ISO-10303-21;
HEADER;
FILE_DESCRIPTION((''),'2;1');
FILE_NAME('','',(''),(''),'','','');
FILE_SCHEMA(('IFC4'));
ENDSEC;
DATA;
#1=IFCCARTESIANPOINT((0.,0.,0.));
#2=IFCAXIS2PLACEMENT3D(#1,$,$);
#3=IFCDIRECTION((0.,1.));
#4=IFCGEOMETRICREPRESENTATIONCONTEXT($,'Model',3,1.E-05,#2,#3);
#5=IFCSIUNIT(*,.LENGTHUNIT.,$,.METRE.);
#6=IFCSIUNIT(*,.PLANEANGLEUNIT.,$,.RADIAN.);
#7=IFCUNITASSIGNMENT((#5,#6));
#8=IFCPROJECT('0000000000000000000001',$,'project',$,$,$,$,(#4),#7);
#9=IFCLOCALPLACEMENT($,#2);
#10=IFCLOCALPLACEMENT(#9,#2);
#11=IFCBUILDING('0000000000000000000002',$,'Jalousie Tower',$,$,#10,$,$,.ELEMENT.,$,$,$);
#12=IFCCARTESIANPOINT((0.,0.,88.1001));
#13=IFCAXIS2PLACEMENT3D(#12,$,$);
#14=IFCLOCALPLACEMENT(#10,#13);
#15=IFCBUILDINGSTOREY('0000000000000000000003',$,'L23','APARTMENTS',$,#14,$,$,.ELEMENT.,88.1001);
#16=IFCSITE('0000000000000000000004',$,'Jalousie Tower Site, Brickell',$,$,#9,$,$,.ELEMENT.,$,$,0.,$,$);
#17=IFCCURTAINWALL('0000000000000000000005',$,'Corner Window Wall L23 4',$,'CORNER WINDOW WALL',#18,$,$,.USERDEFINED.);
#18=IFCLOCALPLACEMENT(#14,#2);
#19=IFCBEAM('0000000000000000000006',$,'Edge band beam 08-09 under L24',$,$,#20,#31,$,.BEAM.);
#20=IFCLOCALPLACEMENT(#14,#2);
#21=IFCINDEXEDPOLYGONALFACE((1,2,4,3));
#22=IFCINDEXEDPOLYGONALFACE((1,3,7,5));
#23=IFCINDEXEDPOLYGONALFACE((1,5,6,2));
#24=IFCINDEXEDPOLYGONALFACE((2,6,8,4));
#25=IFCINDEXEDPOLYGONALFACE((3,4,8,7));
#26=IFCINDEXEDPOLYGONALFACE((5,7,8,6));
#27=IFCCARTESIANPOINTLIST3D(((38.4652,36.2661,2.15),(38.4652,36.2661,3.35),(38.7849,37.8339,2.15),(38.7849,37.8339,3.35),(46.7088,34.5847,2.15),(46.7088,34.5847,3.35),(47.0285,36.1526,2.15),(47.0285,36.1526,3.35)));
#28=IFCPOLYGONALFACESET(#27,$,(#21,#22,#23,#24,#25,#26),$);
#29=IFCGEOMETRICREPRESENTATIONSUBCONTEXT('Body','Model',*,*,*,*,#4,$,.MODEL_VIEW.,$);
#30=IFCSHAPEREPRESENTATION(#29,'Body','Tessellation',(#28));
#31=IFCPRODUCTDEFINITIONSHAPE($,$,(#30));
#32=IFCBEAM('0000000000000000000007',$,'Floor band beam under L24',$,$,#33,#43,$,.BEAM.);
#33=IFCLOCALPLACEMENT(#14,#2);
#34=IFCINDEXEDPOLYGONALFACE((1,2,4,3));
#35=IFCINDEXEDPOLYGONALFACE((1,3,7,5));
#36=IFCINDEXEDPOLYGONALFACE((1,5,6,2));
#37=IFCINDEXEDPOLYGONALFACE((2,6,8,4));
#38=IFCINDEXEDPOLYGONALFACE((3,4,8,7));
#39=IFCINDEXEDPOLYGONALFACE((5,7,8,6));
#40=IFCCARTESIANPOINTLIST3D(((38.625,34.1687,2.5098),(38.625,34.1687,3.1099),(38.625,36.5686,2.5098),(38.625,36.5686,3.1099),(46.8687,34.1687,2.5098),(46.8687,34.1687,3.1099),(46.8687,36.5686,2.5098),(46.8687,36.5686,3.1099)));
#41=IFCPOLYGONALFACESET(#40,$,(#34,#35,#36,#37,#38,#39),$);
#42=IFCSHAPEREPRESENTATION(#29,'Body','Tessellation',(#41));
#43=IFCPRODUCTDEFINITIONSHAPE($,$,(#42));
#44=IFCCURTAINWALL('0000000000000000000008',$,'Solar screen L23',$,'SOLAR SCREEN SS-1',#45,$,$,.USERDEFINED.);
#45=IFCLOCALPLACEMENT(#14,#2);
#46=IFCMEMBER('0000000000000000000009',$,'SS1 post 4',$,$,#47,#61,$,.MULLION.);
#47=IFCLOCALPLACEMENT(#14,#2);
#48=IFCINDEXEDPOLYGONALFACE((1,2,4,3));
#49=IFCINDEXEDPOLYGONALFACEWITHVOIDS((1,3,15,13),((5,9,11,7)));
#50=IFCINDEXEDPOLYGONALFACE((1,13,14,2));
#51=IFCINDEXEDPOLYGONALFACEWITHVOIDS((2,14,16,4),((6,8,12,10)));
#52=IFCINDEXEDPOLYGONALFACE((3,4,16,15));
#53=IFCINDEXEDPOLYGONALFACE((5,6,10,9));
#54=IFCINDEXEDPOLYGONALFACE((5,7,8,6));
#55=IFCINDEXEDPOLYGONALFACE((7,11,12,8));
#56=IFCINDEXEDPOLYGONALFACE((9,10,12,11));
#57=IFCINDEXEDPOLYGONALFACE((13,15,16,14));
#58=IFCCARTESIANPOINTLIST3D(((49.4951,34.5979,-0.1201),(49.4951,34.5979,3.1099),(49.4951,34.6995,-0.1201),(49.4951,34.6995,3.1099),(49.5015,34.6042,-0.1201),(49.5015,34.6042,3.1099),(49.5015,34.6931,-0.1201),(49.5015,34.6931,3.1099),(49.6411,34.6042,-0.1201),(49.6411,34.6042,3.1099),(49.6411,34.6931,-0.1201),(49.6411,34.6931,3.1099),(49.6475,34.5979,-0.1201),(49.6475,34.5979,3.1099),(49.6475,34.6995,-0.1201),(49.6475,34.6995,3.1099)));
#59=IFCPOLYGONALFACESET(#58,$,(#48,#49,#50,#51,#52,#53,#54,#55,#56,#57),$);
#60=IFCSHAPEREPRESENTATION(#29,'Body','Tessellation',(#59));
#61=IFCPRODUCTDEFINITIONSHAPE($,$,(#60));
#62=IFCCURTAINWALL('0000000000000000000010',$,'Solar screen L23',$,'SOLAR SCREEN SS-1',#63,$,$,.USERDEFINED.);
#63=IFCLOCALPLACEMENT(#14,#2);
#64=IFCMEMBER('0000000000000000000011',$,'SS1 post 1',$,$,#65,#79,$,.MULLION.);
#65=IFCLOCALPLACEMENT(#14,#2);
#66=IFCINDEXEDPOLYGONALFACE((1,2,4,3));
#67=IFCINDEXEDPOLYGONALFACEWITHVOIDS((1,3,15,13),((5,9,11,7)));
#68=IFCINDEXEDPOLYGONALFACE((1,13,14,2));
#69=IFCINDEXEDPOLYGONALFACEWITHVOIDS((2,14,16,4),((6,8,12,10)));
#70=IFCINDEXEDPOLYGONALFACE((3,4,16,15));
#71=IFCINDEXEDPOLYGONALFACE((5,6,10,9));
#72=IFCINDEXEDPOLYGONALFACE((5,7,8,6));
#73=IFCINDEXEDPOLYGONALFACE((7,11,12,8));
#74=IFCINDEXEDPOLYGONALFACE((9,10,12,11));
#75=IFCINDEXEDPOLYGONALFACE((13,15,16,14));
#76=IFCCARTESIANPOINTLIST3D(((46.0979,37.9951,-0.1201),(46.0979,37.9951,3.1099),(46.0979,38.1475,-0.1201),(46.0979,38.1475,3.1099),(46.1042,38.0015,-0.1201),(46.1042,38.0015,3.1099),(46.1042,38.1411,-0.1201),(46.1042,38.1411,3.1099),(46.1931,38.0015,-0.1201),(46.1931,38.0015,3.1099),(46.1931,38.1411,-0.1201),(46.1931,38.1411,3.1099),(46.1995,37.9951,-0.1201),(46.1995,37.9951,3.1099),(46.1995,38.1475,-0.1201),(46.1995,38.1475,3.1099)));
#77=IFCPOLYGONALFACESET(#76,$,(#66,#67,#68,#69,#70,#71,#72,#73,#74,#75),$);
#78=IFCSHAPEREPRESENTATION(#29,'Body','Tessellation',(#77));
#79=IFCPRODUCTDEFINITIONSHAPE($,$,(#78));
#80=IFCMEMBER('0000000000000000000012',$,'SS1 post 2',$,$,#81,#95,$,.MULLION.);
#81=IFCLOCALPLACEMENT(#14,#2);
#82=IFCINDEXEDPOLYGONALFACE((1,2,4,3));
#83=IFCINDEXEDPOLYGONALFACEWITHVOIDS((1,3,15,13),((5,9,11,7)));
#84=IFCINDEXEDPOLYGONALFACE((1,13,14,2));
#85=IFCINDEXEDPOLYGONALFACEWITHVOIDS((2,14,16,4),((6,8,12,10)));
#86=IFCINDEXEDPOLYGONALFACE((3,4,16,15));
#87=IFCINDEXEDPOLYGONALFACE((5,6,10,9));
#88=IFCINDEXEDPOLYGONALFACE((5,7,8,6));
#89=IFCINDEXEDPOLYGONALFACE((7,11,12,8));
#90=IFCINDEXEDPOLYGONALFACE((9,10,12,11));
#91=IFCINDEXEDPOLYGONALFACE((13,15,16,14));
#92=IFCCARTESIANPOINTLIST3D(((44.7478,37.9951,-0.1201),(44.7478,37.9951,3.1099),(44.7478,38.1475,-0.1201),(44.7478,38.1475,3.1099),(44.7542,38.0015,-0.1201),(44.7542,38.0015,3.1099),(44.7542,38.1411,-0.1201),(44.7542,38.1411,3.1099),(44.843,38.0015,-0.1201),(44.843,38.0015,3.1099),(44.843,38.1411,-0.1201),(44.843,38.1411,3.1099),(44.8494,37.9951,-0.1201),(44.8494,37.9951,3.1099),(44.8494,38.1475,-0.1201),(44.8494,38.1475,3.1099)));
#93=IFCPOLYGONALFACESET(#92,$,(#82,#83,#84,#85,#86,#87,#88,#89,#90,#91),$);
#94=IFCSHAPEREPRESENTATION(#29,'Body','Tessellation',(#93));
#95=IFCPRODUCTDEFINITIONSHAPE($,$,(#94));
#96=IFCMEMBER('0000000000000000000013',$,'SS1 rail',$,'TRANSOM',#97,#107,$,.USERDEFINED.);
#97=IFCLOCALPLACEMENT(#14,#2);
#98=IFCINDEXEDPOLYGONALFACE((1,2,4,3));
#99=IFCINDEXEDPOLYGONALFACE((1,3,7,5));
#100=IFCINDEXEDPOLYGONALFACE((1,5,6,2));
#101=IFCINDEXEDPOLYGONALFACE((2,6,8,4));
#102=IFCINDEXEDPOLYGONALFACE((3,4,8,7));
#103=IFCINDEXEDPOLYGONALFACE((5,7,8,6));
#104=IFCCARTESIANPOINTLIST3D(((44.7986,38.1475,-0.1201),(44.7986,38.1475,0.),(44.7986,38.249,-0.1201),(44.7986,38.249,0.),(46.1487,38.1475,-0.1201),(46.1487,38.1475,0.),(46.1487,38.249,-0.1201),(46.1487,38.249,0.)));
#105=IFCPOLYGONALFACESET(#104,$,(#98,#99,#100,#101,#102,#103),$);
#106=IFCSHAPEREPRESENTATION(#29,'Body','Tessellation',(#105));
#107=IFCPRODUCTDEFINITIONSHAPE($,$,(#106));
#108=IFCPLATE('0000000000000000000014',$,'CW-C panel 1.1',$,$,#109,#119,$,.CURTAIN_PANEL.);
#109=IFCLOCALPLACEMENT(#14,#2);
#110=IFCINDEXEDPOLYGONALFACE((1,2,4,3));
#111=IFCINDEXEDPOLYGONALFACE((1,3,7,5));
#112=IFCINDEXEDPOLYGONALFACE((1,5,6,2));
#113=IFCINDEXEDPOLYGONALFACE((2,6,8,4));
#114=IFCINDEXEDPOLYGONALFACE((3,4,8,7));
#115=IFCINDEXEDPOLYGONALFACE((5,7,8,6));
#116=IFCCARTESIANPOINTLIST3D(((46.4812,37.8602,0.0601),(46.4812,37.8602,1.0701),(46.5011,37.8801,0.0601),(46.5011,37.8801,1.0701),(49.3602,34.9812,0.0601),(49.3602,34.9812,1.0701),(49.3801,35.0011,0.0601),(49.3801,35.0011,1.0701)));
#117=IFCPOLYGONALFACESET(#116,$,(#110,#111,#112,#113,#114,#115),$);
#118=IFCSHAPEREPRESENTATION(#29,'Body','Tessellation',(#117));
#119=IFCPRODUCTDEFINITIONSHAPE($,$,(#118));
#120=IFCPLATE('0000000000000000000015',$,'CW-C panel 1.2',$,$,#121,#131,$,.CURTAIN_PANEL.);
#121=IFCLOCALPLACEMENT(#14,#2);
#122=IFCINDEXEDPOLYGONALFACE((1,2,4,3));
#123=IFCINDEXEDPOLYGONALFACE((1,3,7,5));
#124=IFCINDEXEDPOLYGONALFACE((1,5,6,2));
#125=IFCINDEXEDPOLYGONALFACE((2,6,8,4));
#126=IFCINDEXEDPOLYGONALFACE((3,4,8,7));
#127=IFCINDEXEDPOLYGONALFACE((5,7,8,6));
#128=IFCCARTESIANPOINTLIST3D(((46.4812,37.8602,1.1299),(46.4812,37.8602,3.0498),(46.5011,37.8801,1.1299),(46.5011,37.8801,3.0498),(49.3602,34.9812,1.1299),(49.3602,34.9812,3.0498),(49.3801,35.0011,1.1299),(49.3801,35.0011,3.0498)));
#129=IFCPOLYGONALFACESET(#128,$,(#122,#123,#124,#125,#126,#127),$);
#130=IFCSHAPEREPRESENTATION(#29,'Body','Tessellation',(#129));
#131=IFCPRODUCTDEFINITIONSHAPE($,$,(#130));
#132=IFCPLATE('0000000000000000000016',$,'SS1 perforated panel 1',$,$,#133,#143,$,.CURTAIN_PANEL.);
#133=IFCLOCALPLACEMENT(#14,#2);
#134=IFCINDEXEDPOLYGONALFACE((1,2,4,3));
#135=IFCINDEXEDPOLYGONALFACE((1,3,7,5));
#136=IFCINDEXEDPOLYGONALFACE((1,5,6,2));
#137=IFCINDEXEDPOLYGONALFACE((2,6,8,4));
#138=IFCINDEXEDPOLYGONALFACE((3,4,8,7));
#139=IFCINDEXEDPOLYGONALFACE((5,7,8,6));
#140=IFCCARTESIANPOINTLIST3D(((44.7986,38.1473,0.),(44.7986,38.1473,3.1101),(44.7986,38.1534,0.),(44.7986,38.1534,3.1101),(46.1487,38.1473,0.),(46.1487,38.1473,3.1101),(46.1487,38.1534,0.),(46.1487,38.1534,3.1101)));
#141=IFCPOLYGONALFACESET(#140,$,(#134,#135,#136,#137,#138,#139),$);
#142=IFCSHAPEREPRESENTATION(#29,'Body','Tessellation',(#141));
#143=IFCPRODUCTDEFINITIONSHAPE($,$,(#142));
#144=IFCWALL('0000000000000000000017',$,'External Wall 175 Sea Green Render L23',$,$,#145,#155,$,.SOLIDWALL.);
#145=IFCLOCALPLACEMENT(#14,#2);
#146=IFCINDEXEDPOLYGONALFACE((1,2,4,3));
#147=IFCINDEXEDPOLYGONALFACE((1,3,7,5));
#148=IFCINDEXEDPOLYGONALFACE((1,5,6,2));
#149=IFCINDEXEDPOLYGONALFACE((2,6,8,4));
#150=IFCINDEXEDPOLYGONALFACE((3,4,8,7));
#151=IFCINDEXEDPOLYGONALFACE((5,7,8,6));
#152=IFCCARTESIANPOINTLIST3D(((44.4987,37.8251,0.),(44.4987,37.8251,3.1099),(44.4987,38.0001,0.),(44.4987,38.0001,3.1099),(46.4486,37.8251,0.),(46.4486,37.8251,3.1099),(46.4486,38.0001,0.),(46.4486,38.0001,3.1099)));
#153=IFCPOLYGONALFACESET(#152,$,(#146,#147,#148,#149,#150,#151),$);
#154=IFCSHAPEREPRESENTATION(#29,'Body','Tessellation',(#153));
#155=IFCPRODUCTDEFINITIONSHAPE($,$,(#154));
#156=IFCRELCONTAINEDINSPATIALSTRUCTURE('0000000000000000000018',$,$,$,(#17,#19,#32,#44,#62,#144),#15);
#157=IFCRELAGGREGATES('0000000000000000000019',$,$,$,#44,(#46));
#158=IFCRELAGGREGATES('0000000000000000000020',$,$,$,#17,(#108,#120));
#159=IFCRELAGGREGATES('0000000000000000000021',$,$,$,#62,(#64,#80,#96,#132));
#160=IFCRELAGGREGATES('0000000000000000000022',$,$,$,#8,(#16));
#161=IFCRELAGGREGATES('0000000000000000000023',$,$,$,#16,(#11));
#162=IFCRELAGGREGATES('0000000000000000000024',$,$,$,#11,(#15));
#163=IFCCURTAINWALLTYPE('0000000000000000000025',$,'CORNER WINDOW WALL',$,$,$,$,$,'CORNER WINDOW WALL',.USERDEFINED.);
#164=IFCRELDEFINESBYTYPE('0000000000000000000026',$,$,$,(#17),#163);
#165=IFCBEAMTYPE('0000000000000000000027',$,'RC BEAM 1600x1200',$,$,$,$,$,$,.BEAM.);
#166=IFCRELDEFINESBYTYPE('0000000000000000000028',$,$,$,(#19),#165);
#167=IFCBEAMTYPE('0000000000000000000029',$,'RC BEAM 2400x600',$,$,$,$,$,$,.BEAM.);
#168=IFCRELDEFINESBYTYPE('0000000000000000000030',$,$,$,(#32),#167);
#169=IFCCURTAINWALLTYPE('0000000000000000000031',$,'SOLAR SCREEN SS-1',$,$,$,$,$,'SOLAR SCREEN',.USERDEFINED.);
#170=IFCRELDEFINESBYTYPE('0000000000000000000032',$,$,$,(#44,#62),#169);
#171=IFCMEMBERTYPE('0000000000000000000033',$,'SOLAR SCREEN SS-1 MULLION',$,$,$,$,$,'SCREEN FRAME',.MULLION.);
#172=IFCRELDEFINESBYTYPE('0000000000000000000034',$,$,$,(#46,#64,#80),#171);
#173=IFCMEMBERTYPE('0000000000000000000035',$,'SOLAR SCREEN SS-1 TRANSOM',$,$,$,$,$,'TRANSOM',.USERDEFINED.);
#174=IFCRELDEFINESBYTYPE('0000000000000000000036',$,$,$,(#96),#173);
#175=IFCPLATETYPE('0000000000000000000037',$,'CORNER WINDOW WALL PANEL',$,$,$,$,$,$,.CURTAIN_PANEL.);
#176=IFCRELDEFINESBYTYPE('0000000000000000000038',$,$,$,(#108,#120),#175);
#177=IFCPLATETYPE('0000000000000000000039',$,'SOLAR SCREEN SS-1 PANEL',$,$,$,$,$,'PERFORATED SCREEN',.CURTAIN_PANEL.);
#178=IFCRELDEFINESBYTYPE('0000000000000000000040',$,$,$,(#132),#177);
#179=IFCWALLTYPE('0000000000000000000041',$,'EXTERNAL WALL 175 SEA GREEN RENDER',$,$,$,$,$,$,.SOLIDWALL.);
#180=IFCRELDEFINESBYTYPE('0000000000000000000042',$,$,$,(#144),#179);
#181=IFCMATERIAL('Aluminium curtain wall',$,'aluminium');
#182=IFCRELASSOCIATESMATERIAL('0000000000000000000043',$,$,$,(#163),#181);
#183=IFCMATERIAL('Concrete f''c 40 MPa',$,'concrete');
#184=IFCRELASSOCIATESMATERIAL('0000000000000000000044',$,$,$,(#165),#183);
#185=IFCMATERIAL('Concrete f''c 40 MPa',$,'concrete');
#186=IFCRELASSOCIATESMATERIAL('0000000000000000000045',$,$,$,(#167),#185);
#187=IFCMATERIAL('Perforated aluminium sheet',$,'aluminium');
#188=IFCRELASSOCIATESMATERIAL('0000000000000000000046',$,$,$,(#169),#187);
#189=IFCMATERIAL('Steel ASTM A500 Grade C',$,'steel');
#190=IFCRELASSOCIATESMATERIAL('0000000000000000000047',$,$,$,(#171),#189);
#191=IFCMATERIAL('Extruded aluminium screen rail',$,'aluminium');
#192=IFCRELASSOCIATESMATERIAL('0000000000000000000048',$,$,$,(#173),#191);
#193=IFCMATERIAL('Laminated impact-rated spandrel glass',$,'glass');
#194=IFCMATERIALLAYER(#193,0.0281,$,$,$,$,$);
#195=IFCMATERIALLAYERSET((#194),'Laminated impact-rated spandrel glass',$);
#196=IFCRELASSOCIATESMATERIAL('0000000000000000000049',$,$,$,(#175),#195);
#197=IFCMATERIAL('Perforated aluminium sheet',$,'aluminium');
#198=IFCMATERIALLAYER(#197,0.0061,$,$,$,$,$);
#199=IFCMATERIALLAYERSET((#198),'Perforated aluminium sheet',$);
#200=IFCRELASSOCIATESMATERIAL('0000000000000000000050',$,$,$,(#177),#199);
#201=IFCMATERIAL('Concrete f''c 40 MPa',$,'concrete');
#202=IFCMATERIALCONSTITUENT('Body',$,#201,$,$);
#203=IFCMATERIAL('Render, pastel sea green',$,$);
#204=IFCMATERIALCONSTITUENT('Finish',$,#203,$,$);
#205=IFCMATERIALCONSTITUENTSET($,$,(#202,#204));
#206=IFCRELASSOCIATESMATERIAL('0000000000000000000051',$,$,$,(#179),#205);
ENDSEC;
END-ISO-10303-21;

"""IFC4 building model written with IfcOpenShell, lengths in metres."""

from ifc_helpers import new_model, si_unit, direction, frame, frame_2d, origin, origin_2d, place, context, subcontext, project, spatial, rectangle, hollow_rectangle, extrude, material, layer, layer_set, constituent, constituent_set, material_profile, profile_set, type_object, element, aggregate, save


model = new_model("IFC4")

# Units and contexts
model_context = context("Model", 3, precision=1e-05, world=origin(), true_north=direction((0.0, 1.0)))
body_context = subcontext(model_context, "Body", "Model", "MODEL_VIEW")
ifc_project = project(units=[si_unit("LENGTHUNIT", "METRE"), si_unit("PLANEANGLEUNIT", "RADIAN")], contexts=[model_context])

# Site, building, storey
site_placement = place(None, origin())
site = spatial("IfcSite", under=ifc_project, at=site_placement, Name="Jalousie Tower Site, Brickell", CompositionType="ELEMENT", RefElevation=0.0)
building_placement = place(site_placement, origin())
building = spatial("IfcBuilding", under=site, at=building_placement, Name="Jalousie Tower", CompositionType="ELEMENT")
storey_placement = place(building_placement, frame((0.0, 0.0, 88.1001)))
storey = spatial("IfcBuildingStorey", under=building, at=storey_placement, Name="L23", Description="APARTMENTS", CompositionType="ELEMENT", Elevation=88.1001)

# Curtain wall
ifc_material_1 = material(Name="Aluminium curtain wall", Category="aluminium")
curtain_wall_type_1 = type_object("IfcCurtainWallType", Name="CORNER WINDOW WALL", ElementType="CORNER WINDOW WALL", PredefinedType="USERDEFINED", material=ifc_material_1)
curtain_wall_1_placement = place(storey_placement, origin())
curtain_wall_1 = element("IfcCurtainWall", 1, at=curtain_wall_1_placement, inside=storey, type_object=curtain_wall_type_1, Name="Corner Window Wall L23 4", ObjectType="CORNER WINDOW WALL", PredefinedType="USERDEFINED")

# Beams
ifc_material_2 = material(Name="Concrete f'c 40 MPa", Category="concrete")
ifc_material_profile_1 = material_profile(ifc_material_2, rectangle(XDim=1.6001, YDim=1.2, at=origin_2d()), Name="RC 1600x1200")
ifc_profile_set_1 = profile_set([ifc_material_profile_1], Name="Concrete f'c 40 MPa")
beam_type_1 = type_object("IfcBeamType", Name="RC BEAM 1600x1200", PredefinedType="BEAM", material=ifc_profile_set_1)
beam_1_placement = place(storey_placement, frame((46.8687, 35.3687, 2.75), z_axis=(-0.979827, 0.199848, 0.0), x_axis=(-0.199848, -0.979827, 0.0)))
element("IfcBeam", 2, at=beam_1_placement, inside=storey, type_object=beam_type_1, Name="Edge band beam 08-09 under L24", PredefinedType="BEAM", context=body_context, shape_type="SweptSolid", body=[
    extrude(rectangle(XDim=1.6001, YDim=1.2, at=origin_2d()), origin(), (0.0, 0.0, 1.0), 8.4133),
])
ifc_material_3 = material(Name="Concrete f'c 40 MPa", Category="concrete")
ifc_material_profile_2 = material_profile(ifc_material_3, rectangle(XDim=2.3999, YDim=0.6001, at=origin_2d()), Name="RC 2400x600")
ifc_profile_set_2 = profile_set([ifc_material_profile_2], Name="Concrete f'c 40 MPa")
beam_type_2 = type_object("IfcBeamType", Name="RC BEAM 2400x600", PredefinedType="BEAM", material=ifc_profile_set_2)
beam_2_placement = place(storey_placement, frame((46.8687, 35.3687, 2.8098), z_axis=(-1.0, 0.0, 0.0), x_axis=(0.0, -1.0, 0.0)))
element("IfcBeam", 3, at=beam_2_placement, inside=storey, type_object=beam_type_2, Name="Floor band beam under L24", PredefinedType="BEAM", context=body_context, shape_type="SweptSolid", body=[
    extrude(rectangle(XDim=2.3999, YDim=0.6001, at=origin_2d()), origin(), (0.0, 0.0, 1.0), 8.2437),
])

# Curtain wall, member
ifc_material_4 = material(Name="Perforated aluminium sheet", Category="aluminium")
curtain_wall_type_2 = type_object("IfcCurtainWallType", Name="SOLAR SCREEN SS-1", ElementType="SOLAR SCREEN", PredefinedType="USERDEFINED", material=ifc_material_4)
curtain_wall_2_placement = place(storey_placement, origin())
curtain_wall_2 = element("IfcCurtainWall", 4, at=curtain_wall_2_placement, inside=storey, type_object=curtain_wall_type_2, Name="Solar screen L23", ObjectType="SOLAR SCREEN SS-1", PredefinedType="USERDEFINED")
ifc_material_5 = material(Name="Steel ASTM A500 Grade C", Category="steel")
ifc_material_profile_3 = material_profile(ifc_material_5, hollow_rectangle(XDim=0.1016, YDim=0.1523, WallThickness=0.0063, at=origin_2d()), Name="HSS6X4X1/4")
ifc_profile_set_3 = profile_set([ifc_material_profile_3], Name="Steel ASTM A500 Grade C")
member_type_1 = type_object("IfcMemberType", Name="SOLAR SCREEN SS-1 MULLION", ElementType="SCREEN FRAME", PredefinedType="MULLION", material=ifc_profile_set_3)
member_1_placement = place(storey_placement, frame((49.5713, 34.6487, -0.1201), z_axis=(0.0, 0.0, 1.0), x_axis=(0.0, 1.0, 0.0)))
member_1 = element("IfcMember", 5, at=member_1_placement, type_object=member_type_1, Name="SS1 post 4", PredefinedType="MULLION", context=body_context, shape_type="SweptSolid", body=[
    extrude(hollow_rectangle(XDim=0.1016, YDim=0.1523, WallThickness=0.0063, at=origin_2d()), origin(), (0.0, 0.0, 1.0), 3.23),
])
aggregate(curtain_wall_2, [member_1])

# Curtain wall, members
curtain_wall_3_placement = place(storey_placement, origin())
curtain_wall_3 = element("IfcCurtainWall", 6, at=curtain_wall_3_placement, inside=storey, type_object=curtain_wall_type_2, Name="Solar screen L23", ObjectType="SOLAR SCREEN SS-1", PredefinedType="USERDEFINED")
member_2_placement = place(storey_placement, frame((46.1487, 38.0713, -0.1201), z_axis=(0.0, 0.0, 1.0), x_axis=(-1.0, 0.0, 0.0)))
member_2 = element("IfcMember", 7, at=member_2_placement, type_object=member_type_1, Name="SS1 post 1", PredefinedType="MULLION", context=body_context, shape_type="SweptSolid", body=[
    extrude(hollow_rectangle(XDim=0.1016, YDim=0.1523, WallThickness=0.0063, at=origin_2d()), origin(), (0.0, 0.0, 1.0), 3.23),
])
member_3_placement = place(storey_placement, frame((44.7986, 38.0713, -0.1201), z_axis=(0.0, 0.0, 1.0), x_axis=(-1.0, 0.0, 0.0)))
member_3 = element("IfcMember", 8, at=member_3_placement, type_object=member_type_1, Name="SS1 post 2", PredefinedType="MULLION", context=body_context, shape_type="SweptSolid", body=[
    extrude(hollow_rectangle(XDim=0.1016, YDim=0.1523, WallThickness=0.0063, at=origin_2d()), origin(), (0.0, 0.0, 1.0), 3.23),
])
ifc_material_6 = material(Name="Extruded aluminium screen rail", Category="aluminium")
ifc_material_profile_4 = material_profile(ifc_material_6, rectangle(XDim=0.1016, YDim=0.1201, at=origin_2d()), Name="RAIL 102x120")
ifc_profile_set_4 = profile_set([ifc_material_profile_4], Name="Extruded aluminium screen rail")
member_type_2 = type_object("IfcMemberType", Name="SOLAR SCREEN SS-1 TRANSOM", ElementType="TRANSOM", PredefinedType="USERDEFINED", material=ifc_profile_set_4)
member_4_placement = place(storey_placement, frame((46.1487, 38.1982, -0.0601), z_axis=(-1.0, 0.0, 0.0), x_axis=(0.0, -1.0, 0.0)))
member_4 = element("IfcMember", 9, at=member_4_placement, type_object=member_type_2, Name="SS1 rail", ObjectType="TRANSOM", PredefinedType="USERDEFINED", context=body_context, shape_type="SweptSolid", body=[
    extrude(rectangle(XDim=0.1016, YDim=0.1201, at=origin_2d()), origin(), (0.0, 0.0, 1.0), 1.3501),
])

# Plates
ifc_material_7 = material(Name="Laminated impact-rated spandrel glass", Category="glass")
ifc_layer_1 = layer(ifc_material_7, 0.0281)
ifc_layer_set_1 = layer_set([ifc_layer_1], Name="Laminated impact-rated spandrel glass")
plate_type_1 = type_object("IfcPlateType", Name="CORNER WINDOW WALL PANEL", PredefinedType="CURTAIN_PANEL", material=ifc_layer_set_1)
plate_1_placement = place(storey_placement, frame((47.9307, 36.4307, 0.0601), z_axis=(0.0, 0.0, 1.0), x_axis=(-0.707107, 0.707107, 0.0)))
plate_1 = element("IfcPlate", 10, at=plate_1_placement, type_object=plate_type_1, Name="CW-C panel 1.1", PredefinedType="CURTAIN_PANEL", context=body_context, shape_type="SweptSolid", body=[
    extrude(rectangle(XDim=4.0715, YDim=0.0281, at=origin_2d()), origin(), (0.0, 0.0, 1.0), 1.01),
])
plate_2_placement = place(storey_placement, frame((47.9307, 36.4307, 1.1299), z_axis=(0.0, 0.0, 1.0), x_axis=(-0.707107, 0.707107, 0.0)))
plate_2 = element("IfcPlate", 11, at=plate_2_placement, type_object=plate_type_1, Name="CW-C panel 1.2", PredefinedType="CURTAIN_PANEL", context=body_context, shape_type="SweptSolid", body=[
    extrude(rectangle(XDim=4.0715, YDim=0.0281, at=origin_2d()), origin(), (0.0, 0.0, 1.0), 1.9199),
])
aggregate(curtain_wall_1, [plate_1, plate_2])
ifc_material_8 = material(Name="Perforated aluminium sheet", Category="aluminium")
ifc_layer_2 = layer(ifc_material_8, 0.0061)
ifc_layer_set_2 = layer_set([ifc_layer_2], Name="Perforated aluminium sheet")
plate_type_2 = type_object("IfcPlateType", Name="SOLAR SCREEN SS-1 PANEL", ElementType="PERFORATED SCREEN", PredefinedType="CURTAIN_PANEL", material=ifc_layer_set_2)
plate_3_placement = place(storey_placement, frame((45.4736, 38.1504, 0.0), z_axis=(0.0, 0.0, 1.0), x_axis=(-1.0, 0.0, 0.0)))
plate_3 = element("IfcPlate", 12, at=plate_3_placement, type_object=plate_type_2, Name="SS1 perforated panel 1", PredefinedType="CURTAIN_PANEL", context=body_context, shape_type="SweptSolid", body=[
    extrude(rectangle(XDim=1.3501, YDim=0.0061, at=origin_2d()), origin(), (0.0, 0.0, 1.0), 3.1101),
])
aggregate(curtain_wall_3, [member_2, member_3, member_4, plate_3])

# Wall
ifc_material_9 = material(Name="Concrete f'c 40 MPa", Category="concrete")
ifc_constituent_1 = constituent(ifc_material_9, Name="Body")
ifc_material_10 = material(Name="Render, pastel sea green")
ifc_constituent_2 = constituent(ifc_material_10, Name="Finish")
ifc_constituent_set = constituent_set(constituents=[ifc_constituent_1, ifc_constituent_2])
wall_type = type_object("IfcWallType", Name="EXTERNAL WALL 175 SEA GREEN RENDER", PredefinedType="SOLIDWALL", material=ifc_constituent_set)
wall_1_placement = place(storey_placement, frame((46.4487, 37.9126, 0.0), z_axis=(0.0, 0.0, 1.0), x_axis=(-1.0, 0.0, 0.0)))
element("IfcWall", 13, at=wall_1_placement, inside=storey, type_object=wall_type, Name="External Wall 175 Sea Green Render L23", PredefinedType="SOLIDWALL", context=body_context, shape_type="SweptSolid", body=[
    extrude(rectangle(XDim=1.95, YDim=0.175, at=frame_2d((0.9751, 0.0))), origin(), (0.0, 0.0, 1.0), 3.1099),
])

save(model, "model.ifc")
